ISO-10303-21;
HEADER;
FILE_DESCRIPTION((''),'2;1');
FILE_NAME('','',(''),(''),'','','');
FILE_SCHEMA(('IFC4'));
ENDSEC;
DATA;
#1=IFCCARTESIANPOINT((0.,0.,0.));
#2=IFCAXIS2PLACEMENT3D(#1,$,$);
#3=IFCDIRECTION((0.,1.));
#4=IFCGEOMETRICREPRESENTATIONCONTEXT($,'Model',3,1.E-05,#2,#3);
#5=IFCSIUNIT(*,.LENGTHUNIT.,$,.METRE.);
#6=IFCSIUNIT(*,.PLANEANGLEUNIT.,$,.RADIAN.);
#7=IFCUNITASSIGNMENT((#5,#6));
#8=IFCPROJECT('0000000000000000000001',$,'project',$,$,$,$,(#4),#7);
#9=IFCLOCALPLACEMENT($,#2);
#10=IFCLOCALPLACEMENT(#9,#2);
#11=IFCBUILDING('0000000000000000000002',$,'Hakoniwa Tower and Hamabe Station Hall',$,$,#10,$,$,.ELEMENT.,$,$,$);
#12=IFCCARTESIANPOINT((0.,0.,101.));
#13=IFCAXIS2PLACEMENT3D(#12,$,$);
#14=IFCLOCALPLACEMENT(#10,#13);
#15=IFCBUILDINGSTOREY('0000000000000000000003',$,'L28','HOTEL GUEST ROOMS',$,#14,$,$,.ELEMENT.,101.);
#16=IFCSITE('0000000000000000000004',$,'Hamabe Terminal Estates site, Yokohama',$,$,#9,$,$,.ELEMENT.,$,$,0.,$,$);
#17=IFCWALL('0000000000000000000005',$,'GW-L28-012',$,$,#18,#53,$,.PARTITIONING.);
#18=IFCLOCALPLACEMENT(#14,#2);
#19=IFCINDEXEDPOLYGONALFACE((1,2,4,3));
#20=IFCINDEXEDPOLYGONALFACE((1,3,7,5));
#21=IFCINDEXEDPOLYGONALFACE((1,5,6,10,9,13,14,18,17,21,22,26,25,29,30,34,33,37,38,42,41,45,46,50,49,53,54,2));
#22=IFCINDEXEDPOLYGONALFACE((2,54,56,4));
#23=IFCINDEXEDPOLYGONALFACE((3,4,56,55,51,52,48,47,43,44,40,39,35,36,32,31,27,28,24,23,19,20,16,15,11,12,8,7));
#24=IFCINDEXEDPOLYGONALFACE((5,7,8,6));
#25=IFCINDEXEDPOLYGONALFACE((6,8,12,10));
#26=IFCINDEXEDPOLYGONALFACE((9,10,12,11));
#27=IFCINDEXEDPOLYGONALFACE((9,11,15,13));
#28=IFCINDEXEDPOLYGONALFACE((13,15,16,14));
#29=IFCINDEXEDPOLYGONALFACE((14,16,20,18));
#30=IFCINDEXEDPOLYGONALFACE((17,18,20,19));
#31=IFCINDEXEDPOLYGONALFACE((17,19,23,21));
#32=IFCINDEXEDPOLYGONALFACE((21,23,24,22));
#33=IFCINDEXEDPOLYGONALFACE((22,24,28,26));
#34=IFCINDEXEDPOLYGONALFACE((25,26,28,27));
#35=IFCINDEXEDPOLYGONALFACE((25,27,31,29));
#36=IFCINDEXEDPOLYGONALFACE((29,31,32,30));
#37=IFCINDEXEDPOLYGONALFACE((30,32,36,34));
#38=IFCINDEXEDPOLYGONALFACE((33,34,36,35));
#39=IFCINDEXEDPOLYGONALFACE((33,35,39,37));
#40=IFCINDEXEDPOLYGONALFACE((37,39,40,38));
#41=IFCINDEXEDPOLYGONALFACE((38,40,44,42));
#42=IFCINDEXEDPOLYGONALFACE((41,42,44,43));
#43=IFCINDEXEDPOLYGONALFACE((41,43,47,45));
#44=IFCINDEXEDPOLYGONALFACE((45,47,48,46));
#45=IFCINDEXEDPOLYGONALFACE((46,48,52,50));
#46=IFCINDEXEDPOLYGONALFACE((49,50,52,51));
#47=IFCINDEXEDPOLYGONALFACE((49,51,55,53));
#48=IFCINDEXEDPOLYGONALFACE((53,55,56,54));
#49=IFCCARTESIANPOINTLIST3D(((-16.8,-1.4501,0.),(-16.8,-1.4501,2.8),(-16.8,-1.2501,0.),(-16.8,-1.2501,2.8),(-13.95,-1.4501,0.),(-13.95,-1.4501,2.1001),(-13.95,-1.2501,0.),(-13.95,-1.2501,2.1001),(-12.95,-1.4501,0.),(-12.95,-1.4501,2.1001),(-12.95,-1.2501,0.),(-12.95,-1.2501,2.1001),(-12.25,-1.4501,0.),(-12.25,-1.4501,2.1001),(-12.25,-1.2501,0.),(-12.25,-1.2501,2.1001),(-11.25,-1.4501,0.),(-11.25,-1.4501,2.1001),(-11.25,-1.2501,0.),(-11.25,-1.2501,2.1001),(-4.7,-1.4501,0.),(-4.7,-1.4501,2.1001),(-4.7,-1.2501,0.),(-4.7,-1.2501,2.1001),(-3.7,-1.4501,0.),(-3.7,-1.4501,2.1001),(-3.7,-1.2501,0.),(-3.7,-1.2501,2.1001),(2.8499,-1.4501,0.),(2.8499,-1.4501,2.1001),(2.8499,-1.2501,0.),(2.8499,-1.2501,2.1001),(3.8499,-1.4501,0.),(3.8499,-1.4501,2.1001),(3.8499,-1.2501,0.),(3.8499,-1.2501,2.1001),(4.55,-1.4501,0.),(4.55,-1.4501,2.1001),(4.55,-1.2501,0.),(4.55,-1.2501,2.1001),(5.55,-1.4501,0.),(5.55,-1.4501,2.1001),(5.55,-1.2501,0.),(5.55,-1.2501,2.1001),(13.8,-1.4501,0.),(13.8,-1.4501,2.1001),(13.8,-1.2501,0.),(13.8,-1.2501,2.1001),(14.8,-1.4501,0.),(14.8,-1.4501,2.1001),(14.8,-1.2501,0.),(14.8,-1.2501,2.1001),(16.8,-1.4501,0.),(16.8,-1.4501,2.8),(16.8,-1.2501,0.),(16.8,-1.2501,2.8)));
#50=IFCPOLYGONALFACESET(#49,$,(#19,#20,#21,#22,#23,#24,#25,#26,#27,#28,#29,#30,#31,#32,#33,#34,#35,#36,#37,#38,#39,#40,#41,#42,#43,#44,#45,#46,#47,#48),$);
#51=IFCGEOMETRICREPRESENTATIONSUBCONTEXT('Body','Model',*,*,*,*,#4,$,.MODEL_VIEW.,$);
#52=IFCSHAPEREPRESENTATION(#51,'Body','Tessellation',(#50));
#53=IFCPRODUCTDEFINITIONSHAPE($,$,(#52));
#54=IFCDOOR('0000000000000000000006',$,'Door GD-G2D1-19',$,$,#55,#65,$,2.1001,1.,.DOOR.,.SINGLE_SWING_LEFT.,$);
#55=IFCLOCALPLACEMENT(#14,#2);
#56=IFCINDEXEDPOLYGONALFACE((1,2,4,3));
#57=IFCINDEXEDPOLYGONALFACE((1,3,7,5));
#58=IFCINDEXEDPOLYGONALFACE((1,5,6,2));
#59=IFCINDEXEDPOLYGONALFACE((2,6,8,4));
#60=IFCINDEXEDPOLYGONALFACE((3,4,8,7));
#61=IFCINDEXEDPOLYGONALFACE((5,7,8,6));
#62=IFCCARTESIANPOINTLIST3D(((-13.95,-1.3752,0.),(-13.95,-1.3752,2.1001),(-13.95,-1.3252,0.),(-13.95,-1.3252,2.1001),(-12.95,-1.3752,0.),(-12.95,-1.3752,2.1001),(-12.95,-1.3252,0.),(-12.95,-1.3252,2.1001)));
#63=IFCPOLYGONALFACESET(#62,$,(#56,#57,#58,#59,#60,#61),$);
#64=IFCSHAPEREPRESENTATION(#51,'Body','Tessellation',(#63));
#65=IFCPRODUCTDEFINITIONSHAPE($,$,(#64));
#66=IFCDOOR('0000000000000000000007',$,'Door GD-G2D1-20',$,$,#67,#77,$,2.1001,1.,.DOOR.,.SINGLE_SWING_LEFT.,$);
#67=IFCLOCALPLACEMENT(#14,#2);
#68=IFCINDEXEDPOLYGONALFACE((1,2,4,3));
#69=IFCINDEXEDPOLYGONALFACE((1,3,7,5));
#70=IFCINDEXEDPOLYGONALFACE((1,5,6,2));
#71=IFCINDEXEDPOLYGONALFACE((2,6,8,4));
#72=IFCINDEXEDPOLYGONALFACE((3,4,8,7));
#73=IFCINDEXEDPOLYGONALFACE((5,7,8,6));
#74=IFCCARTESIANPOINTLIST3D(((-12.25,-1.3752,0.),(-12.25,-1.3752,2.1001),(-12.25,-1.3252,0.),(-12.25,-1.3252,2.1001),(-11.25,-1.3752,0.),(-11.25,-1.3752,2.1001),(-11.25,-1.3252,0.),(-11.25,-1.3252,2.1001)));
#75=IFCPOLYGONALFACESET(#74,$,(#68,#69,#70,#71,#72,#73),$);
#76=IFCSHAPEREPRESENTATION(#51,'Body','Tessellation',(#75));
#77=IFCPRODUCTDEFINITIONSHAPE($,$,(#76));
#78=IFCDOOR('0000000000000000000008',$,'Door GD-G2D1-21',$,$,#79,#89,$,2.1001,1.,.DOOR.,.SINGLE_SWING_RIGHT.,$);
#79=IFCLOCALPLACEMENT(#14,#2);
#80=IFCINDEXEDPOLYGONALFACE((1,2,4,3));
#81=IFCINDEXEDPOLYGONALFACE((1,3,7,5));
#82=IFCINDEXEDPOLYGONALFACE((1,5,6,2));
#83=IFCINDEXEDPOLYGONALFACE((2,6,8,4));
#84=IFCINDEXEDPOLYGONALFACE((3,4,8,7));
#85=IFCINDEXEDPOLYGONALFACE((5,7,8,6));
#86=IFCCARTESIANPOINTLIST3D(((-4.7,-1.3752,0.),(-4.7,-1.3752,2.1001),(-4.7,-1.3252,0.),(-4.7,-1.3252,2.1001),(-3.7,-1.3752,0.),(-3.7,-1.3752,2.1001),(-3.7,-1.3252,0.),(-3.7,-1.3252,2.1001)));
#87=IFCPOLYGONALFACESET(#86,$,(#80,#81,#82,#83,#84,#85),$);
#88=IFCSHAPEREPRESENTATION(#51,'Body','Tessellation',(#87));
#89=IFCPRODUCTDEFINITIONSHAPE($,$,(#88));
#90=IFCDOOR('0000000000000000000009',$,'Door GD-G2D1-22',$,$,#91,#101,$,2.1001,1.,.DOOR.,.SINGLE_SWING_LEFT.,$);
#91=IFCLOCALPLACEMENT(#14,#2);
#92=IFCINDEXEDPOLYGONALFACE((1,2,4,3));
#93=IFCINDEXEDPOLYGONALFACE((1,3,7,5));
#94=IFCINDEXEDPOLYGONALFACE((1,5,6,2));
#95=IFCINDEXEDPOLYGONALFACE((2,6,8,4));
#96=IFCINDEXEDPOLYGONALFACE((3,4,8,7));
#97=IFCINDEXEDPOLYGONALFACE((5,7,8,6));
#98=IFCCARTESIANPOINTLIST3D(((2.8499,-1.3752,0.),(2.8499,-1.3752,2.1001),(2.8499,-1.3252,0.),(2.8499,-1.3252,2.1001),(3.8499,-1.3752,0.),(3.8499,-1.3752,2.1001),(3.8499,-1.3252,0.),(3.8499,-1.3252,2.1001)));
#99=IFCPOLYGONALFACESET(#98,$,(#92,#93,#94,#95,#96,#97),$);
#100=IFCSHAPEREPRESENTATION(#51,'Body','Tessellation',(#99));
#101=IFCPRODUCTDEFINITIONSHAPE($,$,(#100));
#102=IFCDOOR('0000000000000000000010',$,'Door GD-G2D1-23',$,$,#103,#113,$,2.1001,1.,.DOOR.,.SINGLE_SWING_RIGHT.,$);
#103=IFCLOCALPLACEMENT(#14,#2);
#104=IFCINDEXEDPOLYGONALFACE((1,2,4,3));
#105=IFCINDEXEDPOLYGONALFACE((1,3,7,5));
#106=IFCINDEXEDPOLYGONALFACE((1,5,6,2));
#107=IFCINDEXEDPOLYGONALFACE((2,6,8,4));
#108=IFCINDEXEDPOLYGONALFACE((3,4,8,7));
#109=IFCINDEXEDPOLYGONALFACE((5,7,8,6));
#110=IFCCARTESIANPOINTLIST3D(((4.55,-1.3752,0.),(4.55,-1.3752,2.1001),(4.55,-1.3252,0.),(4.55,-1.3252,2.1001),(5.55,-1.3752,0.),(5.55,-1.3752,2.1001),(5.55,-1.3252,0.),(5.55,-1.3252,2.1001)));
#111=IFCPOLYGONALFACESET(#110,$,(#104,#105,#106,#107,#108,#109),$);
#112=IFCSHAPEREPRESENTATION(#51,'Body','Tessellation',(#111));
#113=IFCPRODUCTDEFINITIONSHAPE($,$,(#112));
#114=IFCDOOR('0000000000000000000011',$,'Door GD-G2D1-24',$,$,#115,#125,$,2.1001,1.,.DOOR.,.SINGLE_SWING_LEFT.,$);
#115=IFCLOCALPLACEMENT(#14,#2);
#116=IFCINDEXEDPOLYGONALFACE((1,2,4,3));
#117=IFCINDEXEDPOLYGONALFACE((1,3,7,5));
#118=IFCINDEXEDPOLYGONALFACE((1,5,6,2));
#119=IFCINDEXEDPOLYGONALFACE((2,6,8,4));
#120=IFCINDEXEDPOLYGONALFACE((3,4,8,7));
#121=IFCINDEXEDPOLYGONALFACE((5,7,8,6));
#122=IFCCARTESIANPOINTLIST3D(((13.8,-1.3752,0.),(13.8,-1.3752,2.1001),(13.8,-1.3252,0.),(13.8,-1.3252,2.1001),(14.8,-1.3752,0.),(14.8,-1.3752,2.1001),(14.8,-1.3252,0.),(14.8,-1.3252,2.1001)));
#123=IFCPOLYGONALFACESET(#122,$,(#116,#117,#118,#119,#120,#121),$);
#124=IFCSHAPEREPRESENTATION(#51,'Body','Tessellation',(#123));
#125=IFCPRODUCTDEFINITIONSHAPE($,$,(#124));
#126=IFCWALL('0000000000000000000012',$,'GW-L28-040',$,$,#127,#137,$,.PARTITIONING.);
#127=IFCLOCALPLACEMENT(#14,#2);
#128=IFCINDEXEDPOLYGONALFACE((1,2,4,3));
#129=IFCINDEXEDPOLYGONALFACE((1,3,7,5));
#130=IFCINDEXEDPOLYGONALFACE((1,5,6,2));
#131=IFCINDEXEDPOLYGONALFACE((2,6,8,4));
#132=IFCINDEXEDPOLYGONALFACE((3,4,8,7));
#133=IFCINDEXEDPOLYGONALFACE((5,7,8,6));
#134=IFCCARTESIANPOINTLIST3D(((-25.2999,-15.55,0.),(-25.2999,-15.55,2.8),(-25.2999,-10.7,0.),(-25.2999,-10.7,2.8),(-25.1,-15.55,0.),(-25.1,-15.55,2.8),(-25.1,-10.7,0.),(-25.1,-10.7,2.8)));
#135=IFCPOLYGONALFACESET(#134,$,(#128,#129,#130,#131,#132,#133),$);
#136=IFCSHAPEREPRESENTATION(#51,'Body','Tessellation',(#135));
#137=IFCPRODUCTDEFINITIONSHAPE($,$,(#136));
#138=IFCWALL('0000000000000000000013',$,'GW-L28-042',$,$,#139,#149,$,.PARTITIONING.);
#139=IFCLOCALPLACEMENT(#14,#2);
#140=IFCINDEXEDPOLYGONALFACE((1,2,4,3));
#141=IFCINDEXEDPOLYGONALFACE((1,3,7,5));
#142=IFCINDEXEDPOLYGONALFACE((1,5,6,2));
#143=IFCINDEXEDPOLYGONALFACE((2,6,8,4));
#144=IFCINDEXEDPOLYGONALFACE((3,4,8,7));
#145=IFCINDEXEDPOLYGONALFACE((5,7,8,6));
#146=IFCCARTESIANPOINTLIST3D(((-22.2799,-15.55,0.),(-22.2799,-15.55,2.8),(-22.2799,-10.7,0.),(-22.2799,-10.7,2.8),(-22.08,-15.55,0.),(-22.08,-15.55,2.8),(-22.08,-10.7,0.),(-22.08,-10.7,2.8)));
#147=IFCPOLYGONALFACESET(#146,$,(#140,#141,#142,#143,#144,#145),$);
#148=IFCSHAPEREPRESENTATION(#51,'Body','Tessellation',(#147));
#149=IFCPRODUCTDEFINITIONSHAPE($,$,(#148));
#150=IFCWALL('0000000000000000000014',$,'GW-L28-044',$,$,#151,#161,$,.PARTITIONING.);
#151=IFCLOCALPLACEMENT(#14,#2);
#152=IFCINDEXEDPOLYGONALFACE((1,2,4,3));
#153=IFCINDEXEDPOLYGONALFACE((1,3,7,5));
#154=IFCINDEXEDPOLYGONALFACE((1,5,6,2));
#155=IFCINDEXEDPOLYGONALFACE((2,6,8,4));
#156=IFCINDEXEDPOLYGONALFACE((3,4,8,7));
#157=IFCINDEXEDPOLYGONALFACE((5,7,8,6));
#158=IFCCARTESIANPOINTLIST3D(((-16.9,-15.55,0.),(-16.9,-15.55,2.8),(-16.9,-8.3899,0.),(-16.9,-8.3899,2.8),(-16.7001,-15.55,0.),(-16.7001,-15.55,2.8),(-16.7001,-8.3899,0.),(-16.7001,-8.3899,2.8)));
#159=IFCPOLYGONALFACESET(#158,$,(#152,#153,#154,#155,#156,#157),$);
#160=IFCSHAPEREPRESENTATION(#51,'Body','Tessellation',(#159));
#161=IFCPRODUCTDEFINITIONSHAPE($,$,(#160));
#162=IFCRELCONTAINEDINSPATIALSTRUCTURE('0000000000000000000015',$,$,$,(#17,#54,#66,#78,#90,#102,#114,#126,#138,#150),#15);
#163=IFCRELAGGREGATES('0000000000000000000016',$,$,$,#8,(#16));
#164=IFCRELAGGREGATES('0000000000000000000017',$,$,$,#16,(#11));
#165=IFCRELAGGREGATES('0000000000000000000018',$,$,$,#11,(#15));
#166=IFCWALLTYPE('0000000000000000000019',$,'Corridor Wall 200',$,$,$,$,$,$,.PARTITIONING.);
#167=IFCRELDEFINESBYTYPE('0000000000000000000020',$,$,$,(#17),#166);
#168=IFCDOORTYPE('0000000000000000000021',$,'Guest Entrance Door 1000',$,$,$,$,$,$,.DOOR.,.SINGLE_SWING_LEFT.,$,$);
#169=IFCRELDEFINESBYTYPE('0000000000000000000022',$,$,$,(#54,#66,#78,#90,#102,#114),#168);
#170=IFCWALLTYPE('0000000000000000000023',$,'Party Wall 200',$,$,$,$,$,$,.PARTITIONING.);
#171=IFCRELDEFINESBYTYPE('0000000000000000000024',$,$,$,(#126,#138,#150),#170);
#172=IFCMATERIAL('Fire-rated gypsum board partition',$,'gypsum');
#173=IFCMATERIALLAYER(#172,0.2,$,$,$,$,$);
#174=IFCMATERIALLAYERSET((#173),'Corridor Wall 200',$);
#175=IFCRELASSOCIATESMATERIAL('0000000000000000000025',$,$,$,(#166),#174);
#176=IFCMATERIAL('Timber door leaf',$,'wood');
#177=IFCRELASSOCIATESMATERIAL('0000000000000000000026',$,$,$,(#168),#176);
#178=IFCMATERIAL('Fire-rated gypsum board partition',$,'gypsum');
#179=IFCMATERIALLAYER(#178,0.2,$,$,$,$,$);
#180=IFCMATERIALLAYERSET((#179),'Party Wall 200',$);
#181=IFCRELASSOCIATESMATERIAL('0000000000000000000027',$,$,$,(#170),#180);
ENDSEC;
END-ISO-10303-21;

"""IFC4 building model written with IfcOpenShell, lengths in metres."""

from ifc_helpers import new_model, si_unit, direction, frame, frame_2d, origin, place, context, subcontext, project, spatial, rectangle, extrude, material, layer, layer_set, type_object, element, fill, save


model = new_model("IFC4")

# Units and contexts
model_context = context("Model", 3, precision=1e-05, world=origin(), true_north=direction((0.0, 1.0)))
body_context = subcontext(model_context, "Body", "Model", "MODEL_VIEW")
ifc_project = project(units=[si_unit("LENGTHUNIT", "METRE"), si_unit("PLANEANGLEUNIT", "RADIAN")], contexts=[model_context])

# Site, building, storey
site_placement = place(None, origin())
site = spatial("IfcSite", under=ifc_project, at=site_placement, Name="Hamabe Terminal Estates site, Yokohama", CompositionType="ELEMENT", RefElevation=0.0)
building_placement = place(site_placement, origin())
building = spatial("IfcBuilding", under=site, at=building_placement, Name="Hakoniwa Tower and Hamabe Station Hall", CompositionType="ELEMENT")
storey_placement = place(building_placement, frame((0.0, 0.0, 101.0)))
storey = spatial("IfcBuildingStorey", under=building, at=storey_placement, Name="L28", Description="HOTEL GUEST ROOMS", CompositionType="ELEMENT", Elevation=101.0)

# Wall, openings, doors
ifc_material_1 = material(Name="Fire-rated gypsum board partition", Category="gypsum")
ifc_layer_1 = layer(ifc_material_1, 0.2)
ifc_layer_set_1 = layer_set([ifc_layer_1], Name="Corridor Wall 200")
wall_type_1 = type_object("IfcWallType", Name="Corridor Wall 200", PredefinedType="PARTITIONING", material=ifc_layer_set_1)
wall_1_placement = place(storey_placement, frame((-16.8, -1.3501, 0.0), z_axis=(0.0, 0.0, 1.0), x_axis=(1.0, 0.0, 0.0)))
wall_1 = element("IfcWall", 1, at=wall_1_placement, inside=storey, type_object=wall_type_1, Name="GW-L28-012", PredefinedType="PARTITIONING", context=body_context, shape_type="SweptSolid", body=[
    extrude(rectangle(XDim=33.6001, YDim=0.2, at=frame_2d((16.8, 0.0))), origin(), (0.0, 0.0, 1.0), 2.8),
])
opening_1_placement = place(wall_1_placement, frame((2.8501, 0.0, 0.0)))
opening_1 = element("IfcOpeningElement", 2, at=opening_1_placement, cuts=wall_1, PredefinedType="OPENING", context=body_context, shape_type="SweptSolid", body=[
    extrude(rectangle(XDim=1.0, YDim=2.1001, at=frame_2d((0.5, 1.05))), frame((0.0, 0.1099, 0.0), z_axis=(0.0, -1.0, 0.0), x_axis=(1.0, 0.0, 0.0)), (0.0, 0.0, 1.0), 0.22),
])
opening_2_placement = place(wall_1_placement, frame((4.55, 0.0, 0.0)))
opening_2 = element("IfcOpeningElement", 3, at=opening_2_placement, cuts=wall_1, PredefinedType="OPENING", context=body_context, shape_type="SweptSolid", body=[
    extrude(rectangle(XDim=1.0, YDim=2.1001, at=frame_2d((0.5, 1.05))), frame((0.0, 0.1099, 0.0), z_axis=(0.0, -1.0, 0.0), x_axis=(1.0, 0.0, 0.0)), (0.0, 0.0, 1.0), 0.22),
])
opening_3_placement = place(wall_1_placement, frame((12.1001, 0.0, 0.0)))
opening_3 = element("IfcOpeningElement", 4, at=opening_3_placement, cuts=wall_1, PredefinedType="OPENING", context=body_context, shape_type="SweptSolid", body=[
    extrude(rectangle(XDim=1.0, YDim=2.1001, at=frame_2d((0.5, 1.05))), frame((0.0, 0.1099, 0.0), z_axis=(0.0, -1.0, 0.0), x_axis=(1.0, 0.0, 0.0)), (0.0, 0.0, 1.0), 0.22),
])
opening_4_placement = place(wall_1_placement, frame((19.6499, 0.0, 0.0)))
opening_4 = element("IfcOpeningElement", 5, at=opening_4_placement, cuts=wall_1, PredefinedType="OPENING", context=body_context, shape_type="SweptSolid", body=[
    extrude(rectangle(XDim=1.0, YDim=2.1001, at=frame_2d((0.5, 1.05))), frame((0.0, 0.1099, 0.0), z_axis=(0.0, -1.0, 0.0), x_axis=(1.0, 0.0, 0.0)), (0.0, 0.0, 1.0), 0.22),
])
opening_5_placement = place(wall_1_placement, frame((21.3501, 0.0, 0.0)))
opening_5 = element("IfcOpeningElement", 6, at=opening_5_placement, cuts=wall_1, PredefinedType="OPENING", context=body_context, shape_type="SweptSolid", body=[
    extrude(rectangle(XDim=1.0, YDim=2.1001, at=frame_2d((0.5, 1.05))), frame((0.0, 0.1099, 0.0), z_axis=(0.0, -1.0, 0.0), x_axis=(1.0, 0.0, 0.0)), (0.0, 0.0, 1.0), 0.22),
])
opening_6_placement = place(wall_1_placement, frame((30.6001, 0.0, 0.0)))
opening_6 = element("IfcOpeningElement", 7, at=opening_6_placement, cuts=wall_1, PredefinedType="OPENING", context=body_context, shape_type="SweptSolid", body=[
    extrude(rectangle(XDim=1.0, YDim=2.1001, at=frame_2d((0.5, 1.05))), frame((0.0, 0.1099, 0.0), z_axis=(0.0, -1.0, 0.0), x_axis=(1.0, 0.0, 0.0)), (0.0, 0.0, 1.0), 0.22),
])
ifc_material_2 = material(Name="Timber door leaf", Category="wood")
door_type_1 = type_object("IfcDoorType", Name="Guest Entrance Door 1000", OperationType="SINGLE_SWING_LEFT", PredefinedType="DOOR", material=ifc_material_2)
door_1_placement = place(opening_1_placement, origin())
door_1 = element("IfcDoor", 8, at=door_1_placement, inside=storey, type_object=door_type_1, Name="Door GD-G2D1-19", OperationType="SINGLE_SWING_LEFT", OverallHeight=2.1001, OverallWidth=1.0, PredefinedType="DOOR", context=body_context, shape_type="SweptSolid", body=[
    extrude(rectangle(XDim=1.0, YDim=2.1001, at=frame_2d((0.5, 1.05))), frame((0.0, 0.0249, 0.0), z_axis=(0.0, -1.0, 0.0), x_axis=(1.0, 0.0, 0.0)), (0.0, 0.0, 1.0), 0.05),
])
fill(opening_1, door_1)
door_2_placement = place(opening_2_placement, origin())
door_2 = element("IfcDoor", 9, at=door_2_placement, inside=storey, type_object=door_type_1, Name="Door GD-G2D1-20", OperationType="SINGLE_SWING_LEFT", OverallHeight=2.1001, OverallWidth=1.0, PredefinedType="DOOR", context=body_context, shape_type="SweptSolid", body=[
    extrude(rectangle(XDim=1.0, YDim=2.1001, at=frame_2d((0.5, 1.05))), frame((0.0, 0.0249, 0.0), z_axis=(0.0, -1.0, 0.0), x_axis=(1.0, 0.0, 0.0)), (0.0, 0.0, 1.0), 0.05),
])
fill(opening_2, door_2)
door_3_placement = place(opening_3_placement, origin())
door_3 = element("IfcDoor", 10, at=door_3_placement, inside=storey, type_object=door_type_1, Name="Door GD-G2D1-21", OperationType="SINGLE_SWING_RIGHT", OverallHeight=2.1001, OverallWidth=1.0, PredefinedType="DOOR", context=body_context, shape_type="SweptSolid", body=[
    extrude(rectangle(XDim=1.0, YDim=2.1001, at=frame_2d((0.5, 1.05))), frame((0.0, 0.0249, 0.0), z_axis=(0.0, -1.0, 0.0), x_axis=(1.0, 0.0, 0.0)), (0.0, 0.0, 1.0), 0.05),
])
fill(opening_3, door_3)
door_4_placement = place(opening_4_placement, origin())
door_4 = element("IfcDoor", 11, at=door_4_placement, inside=storey, type_object=door_type_1, Name="Door GD-G2D1-22", OperationType="SINGLE_SWING_LEFT", OverallHeight=2.1001, OverallWidth=1.0, PredefinedType="DOOR", context=body_context, shape_type="SweptSolid", body=[
    extrude(rectangle(XDim=1.0, YDim=2.1001, at=frame_2d((0.5, 1.05))), frame((0.0, 0.0249, 0.0), z_axis=(0.0, -1.0, 0.0), x_axis=(1.0, 0.0, 0.0)), (0.0, 0.0, 1.0), 0.05),
])
fill(opening_4, door_4)
door_5_placement = place(opening_5_placement, origin())
door_5 = element("IfcDoor", 12, at=door_5_placement, inside=storey, type_object=door_type_1, Name="Door GD-G2D1-23", OperationType="SINGLE_SWING_RIGHT", OverallHeight=2.1001, OverallWidth=1.0, PredefinedType="DOOR", context=body_context, shape_type="SweptSolid", body=[
    extrude(rectangle(XDim=1.0, YDim=2.1001, at=frame_2d((0.5, 1.05))), frame((0.0, 0.0249, 0.0), z_axis=(0.0, -1.0, 0.0), x_axis=(1.0, 0.0, 0.0)), (0.0, 0.0, 1.0), 0.05),
])
fill(opening_5, door_5)
door_6_placement = place(opening_6_placement, origin())
door_6 = element("IfcDoor", 13, at=door_6_placement, inside=storey, type_object=door_type_1, Name="Door GD-G2D1-24", OperationType="SINGLE_SWING_LEFT", OverallHeight=2.1001, OverallWidth=1.0, PredefinedType="DOOR", context=body_context, shape_type="SweptSolid", body=[
    extrude(rectangle(XDim=1.0, YDim=2.1001, at=frame_2d((0.5, 1.05))), frame((0.0, 0.0249, 0.0), z_axis=(0.0, -1.0, 0.0), x_axis=(1.0, 0.0, 0.0)), (0.0, 0.0, 1.0), 0.05),
])
fill(opening_6, door_6)

# Walls
ifc_material_3 = material(Name="Fire-rated gypsum board partition", Category="gypsum")
ifc_layer_2 = layer(ifc_material_3, 0.2)
ifc_layer_set_2 = layer_set([ifc_layer_2], Name="Party Wall 200")
wall_type_2 = type_object("IfcWallType", Name="Party Wall 200", PredefinedType="PARTITIONING", material=ifc_layer_set_2)
for number, where, z_axis, x_axis, name in (
    (14, (-25.2, -15.55, 0.0), (0.0, 0.0, 1.0), (0.0, 1.0, 0.0), "GW-L28-040"),
    (15, (-22.1799, -15.55, 0.0), (0.0, 0.0, 1.0), (0.0, 1.0, 0.0), "GW-L28-042"),
):
    element("IfcWall", number, at=place(storey_placement, frame(where, z_axis=z_axis, x_axis=x_axis)), inside=storey, type_object=wall_type_2, Name=name, PredefinedType="PARTITIONING", context=body_context, shape_type="SweptSolid", body=[
        extrude(rectangle(XDim=4.8501, YDim=0.2, at=frame_2d((2.425, 0.0))), origin(), (0.0, 0.0, 1.0), 2.8),
    ])
wall_2_placement = place(storey_placement, frame((-16.8, -15.55, 0.0), z_axis=(0.0, 0.0, 1.0), x_axis=(0.0, 1.0, 0.0)))
element("IfcWall", 16, at=wall_2_placement, inside=storey, type_object=wall_type_2, Name="GW-L28-044", PredefinedType="PARTITIONING", context=body_context, shape_type="SweptSolid", body=[
    extrude(rectangle(XDim=7.1602, YDim=0.2, at=frame_2d((3.5801, 0.0))), origin(), (0.0, 0.0, 1.0), 2.8),
])

save(model, "model.ifc")
